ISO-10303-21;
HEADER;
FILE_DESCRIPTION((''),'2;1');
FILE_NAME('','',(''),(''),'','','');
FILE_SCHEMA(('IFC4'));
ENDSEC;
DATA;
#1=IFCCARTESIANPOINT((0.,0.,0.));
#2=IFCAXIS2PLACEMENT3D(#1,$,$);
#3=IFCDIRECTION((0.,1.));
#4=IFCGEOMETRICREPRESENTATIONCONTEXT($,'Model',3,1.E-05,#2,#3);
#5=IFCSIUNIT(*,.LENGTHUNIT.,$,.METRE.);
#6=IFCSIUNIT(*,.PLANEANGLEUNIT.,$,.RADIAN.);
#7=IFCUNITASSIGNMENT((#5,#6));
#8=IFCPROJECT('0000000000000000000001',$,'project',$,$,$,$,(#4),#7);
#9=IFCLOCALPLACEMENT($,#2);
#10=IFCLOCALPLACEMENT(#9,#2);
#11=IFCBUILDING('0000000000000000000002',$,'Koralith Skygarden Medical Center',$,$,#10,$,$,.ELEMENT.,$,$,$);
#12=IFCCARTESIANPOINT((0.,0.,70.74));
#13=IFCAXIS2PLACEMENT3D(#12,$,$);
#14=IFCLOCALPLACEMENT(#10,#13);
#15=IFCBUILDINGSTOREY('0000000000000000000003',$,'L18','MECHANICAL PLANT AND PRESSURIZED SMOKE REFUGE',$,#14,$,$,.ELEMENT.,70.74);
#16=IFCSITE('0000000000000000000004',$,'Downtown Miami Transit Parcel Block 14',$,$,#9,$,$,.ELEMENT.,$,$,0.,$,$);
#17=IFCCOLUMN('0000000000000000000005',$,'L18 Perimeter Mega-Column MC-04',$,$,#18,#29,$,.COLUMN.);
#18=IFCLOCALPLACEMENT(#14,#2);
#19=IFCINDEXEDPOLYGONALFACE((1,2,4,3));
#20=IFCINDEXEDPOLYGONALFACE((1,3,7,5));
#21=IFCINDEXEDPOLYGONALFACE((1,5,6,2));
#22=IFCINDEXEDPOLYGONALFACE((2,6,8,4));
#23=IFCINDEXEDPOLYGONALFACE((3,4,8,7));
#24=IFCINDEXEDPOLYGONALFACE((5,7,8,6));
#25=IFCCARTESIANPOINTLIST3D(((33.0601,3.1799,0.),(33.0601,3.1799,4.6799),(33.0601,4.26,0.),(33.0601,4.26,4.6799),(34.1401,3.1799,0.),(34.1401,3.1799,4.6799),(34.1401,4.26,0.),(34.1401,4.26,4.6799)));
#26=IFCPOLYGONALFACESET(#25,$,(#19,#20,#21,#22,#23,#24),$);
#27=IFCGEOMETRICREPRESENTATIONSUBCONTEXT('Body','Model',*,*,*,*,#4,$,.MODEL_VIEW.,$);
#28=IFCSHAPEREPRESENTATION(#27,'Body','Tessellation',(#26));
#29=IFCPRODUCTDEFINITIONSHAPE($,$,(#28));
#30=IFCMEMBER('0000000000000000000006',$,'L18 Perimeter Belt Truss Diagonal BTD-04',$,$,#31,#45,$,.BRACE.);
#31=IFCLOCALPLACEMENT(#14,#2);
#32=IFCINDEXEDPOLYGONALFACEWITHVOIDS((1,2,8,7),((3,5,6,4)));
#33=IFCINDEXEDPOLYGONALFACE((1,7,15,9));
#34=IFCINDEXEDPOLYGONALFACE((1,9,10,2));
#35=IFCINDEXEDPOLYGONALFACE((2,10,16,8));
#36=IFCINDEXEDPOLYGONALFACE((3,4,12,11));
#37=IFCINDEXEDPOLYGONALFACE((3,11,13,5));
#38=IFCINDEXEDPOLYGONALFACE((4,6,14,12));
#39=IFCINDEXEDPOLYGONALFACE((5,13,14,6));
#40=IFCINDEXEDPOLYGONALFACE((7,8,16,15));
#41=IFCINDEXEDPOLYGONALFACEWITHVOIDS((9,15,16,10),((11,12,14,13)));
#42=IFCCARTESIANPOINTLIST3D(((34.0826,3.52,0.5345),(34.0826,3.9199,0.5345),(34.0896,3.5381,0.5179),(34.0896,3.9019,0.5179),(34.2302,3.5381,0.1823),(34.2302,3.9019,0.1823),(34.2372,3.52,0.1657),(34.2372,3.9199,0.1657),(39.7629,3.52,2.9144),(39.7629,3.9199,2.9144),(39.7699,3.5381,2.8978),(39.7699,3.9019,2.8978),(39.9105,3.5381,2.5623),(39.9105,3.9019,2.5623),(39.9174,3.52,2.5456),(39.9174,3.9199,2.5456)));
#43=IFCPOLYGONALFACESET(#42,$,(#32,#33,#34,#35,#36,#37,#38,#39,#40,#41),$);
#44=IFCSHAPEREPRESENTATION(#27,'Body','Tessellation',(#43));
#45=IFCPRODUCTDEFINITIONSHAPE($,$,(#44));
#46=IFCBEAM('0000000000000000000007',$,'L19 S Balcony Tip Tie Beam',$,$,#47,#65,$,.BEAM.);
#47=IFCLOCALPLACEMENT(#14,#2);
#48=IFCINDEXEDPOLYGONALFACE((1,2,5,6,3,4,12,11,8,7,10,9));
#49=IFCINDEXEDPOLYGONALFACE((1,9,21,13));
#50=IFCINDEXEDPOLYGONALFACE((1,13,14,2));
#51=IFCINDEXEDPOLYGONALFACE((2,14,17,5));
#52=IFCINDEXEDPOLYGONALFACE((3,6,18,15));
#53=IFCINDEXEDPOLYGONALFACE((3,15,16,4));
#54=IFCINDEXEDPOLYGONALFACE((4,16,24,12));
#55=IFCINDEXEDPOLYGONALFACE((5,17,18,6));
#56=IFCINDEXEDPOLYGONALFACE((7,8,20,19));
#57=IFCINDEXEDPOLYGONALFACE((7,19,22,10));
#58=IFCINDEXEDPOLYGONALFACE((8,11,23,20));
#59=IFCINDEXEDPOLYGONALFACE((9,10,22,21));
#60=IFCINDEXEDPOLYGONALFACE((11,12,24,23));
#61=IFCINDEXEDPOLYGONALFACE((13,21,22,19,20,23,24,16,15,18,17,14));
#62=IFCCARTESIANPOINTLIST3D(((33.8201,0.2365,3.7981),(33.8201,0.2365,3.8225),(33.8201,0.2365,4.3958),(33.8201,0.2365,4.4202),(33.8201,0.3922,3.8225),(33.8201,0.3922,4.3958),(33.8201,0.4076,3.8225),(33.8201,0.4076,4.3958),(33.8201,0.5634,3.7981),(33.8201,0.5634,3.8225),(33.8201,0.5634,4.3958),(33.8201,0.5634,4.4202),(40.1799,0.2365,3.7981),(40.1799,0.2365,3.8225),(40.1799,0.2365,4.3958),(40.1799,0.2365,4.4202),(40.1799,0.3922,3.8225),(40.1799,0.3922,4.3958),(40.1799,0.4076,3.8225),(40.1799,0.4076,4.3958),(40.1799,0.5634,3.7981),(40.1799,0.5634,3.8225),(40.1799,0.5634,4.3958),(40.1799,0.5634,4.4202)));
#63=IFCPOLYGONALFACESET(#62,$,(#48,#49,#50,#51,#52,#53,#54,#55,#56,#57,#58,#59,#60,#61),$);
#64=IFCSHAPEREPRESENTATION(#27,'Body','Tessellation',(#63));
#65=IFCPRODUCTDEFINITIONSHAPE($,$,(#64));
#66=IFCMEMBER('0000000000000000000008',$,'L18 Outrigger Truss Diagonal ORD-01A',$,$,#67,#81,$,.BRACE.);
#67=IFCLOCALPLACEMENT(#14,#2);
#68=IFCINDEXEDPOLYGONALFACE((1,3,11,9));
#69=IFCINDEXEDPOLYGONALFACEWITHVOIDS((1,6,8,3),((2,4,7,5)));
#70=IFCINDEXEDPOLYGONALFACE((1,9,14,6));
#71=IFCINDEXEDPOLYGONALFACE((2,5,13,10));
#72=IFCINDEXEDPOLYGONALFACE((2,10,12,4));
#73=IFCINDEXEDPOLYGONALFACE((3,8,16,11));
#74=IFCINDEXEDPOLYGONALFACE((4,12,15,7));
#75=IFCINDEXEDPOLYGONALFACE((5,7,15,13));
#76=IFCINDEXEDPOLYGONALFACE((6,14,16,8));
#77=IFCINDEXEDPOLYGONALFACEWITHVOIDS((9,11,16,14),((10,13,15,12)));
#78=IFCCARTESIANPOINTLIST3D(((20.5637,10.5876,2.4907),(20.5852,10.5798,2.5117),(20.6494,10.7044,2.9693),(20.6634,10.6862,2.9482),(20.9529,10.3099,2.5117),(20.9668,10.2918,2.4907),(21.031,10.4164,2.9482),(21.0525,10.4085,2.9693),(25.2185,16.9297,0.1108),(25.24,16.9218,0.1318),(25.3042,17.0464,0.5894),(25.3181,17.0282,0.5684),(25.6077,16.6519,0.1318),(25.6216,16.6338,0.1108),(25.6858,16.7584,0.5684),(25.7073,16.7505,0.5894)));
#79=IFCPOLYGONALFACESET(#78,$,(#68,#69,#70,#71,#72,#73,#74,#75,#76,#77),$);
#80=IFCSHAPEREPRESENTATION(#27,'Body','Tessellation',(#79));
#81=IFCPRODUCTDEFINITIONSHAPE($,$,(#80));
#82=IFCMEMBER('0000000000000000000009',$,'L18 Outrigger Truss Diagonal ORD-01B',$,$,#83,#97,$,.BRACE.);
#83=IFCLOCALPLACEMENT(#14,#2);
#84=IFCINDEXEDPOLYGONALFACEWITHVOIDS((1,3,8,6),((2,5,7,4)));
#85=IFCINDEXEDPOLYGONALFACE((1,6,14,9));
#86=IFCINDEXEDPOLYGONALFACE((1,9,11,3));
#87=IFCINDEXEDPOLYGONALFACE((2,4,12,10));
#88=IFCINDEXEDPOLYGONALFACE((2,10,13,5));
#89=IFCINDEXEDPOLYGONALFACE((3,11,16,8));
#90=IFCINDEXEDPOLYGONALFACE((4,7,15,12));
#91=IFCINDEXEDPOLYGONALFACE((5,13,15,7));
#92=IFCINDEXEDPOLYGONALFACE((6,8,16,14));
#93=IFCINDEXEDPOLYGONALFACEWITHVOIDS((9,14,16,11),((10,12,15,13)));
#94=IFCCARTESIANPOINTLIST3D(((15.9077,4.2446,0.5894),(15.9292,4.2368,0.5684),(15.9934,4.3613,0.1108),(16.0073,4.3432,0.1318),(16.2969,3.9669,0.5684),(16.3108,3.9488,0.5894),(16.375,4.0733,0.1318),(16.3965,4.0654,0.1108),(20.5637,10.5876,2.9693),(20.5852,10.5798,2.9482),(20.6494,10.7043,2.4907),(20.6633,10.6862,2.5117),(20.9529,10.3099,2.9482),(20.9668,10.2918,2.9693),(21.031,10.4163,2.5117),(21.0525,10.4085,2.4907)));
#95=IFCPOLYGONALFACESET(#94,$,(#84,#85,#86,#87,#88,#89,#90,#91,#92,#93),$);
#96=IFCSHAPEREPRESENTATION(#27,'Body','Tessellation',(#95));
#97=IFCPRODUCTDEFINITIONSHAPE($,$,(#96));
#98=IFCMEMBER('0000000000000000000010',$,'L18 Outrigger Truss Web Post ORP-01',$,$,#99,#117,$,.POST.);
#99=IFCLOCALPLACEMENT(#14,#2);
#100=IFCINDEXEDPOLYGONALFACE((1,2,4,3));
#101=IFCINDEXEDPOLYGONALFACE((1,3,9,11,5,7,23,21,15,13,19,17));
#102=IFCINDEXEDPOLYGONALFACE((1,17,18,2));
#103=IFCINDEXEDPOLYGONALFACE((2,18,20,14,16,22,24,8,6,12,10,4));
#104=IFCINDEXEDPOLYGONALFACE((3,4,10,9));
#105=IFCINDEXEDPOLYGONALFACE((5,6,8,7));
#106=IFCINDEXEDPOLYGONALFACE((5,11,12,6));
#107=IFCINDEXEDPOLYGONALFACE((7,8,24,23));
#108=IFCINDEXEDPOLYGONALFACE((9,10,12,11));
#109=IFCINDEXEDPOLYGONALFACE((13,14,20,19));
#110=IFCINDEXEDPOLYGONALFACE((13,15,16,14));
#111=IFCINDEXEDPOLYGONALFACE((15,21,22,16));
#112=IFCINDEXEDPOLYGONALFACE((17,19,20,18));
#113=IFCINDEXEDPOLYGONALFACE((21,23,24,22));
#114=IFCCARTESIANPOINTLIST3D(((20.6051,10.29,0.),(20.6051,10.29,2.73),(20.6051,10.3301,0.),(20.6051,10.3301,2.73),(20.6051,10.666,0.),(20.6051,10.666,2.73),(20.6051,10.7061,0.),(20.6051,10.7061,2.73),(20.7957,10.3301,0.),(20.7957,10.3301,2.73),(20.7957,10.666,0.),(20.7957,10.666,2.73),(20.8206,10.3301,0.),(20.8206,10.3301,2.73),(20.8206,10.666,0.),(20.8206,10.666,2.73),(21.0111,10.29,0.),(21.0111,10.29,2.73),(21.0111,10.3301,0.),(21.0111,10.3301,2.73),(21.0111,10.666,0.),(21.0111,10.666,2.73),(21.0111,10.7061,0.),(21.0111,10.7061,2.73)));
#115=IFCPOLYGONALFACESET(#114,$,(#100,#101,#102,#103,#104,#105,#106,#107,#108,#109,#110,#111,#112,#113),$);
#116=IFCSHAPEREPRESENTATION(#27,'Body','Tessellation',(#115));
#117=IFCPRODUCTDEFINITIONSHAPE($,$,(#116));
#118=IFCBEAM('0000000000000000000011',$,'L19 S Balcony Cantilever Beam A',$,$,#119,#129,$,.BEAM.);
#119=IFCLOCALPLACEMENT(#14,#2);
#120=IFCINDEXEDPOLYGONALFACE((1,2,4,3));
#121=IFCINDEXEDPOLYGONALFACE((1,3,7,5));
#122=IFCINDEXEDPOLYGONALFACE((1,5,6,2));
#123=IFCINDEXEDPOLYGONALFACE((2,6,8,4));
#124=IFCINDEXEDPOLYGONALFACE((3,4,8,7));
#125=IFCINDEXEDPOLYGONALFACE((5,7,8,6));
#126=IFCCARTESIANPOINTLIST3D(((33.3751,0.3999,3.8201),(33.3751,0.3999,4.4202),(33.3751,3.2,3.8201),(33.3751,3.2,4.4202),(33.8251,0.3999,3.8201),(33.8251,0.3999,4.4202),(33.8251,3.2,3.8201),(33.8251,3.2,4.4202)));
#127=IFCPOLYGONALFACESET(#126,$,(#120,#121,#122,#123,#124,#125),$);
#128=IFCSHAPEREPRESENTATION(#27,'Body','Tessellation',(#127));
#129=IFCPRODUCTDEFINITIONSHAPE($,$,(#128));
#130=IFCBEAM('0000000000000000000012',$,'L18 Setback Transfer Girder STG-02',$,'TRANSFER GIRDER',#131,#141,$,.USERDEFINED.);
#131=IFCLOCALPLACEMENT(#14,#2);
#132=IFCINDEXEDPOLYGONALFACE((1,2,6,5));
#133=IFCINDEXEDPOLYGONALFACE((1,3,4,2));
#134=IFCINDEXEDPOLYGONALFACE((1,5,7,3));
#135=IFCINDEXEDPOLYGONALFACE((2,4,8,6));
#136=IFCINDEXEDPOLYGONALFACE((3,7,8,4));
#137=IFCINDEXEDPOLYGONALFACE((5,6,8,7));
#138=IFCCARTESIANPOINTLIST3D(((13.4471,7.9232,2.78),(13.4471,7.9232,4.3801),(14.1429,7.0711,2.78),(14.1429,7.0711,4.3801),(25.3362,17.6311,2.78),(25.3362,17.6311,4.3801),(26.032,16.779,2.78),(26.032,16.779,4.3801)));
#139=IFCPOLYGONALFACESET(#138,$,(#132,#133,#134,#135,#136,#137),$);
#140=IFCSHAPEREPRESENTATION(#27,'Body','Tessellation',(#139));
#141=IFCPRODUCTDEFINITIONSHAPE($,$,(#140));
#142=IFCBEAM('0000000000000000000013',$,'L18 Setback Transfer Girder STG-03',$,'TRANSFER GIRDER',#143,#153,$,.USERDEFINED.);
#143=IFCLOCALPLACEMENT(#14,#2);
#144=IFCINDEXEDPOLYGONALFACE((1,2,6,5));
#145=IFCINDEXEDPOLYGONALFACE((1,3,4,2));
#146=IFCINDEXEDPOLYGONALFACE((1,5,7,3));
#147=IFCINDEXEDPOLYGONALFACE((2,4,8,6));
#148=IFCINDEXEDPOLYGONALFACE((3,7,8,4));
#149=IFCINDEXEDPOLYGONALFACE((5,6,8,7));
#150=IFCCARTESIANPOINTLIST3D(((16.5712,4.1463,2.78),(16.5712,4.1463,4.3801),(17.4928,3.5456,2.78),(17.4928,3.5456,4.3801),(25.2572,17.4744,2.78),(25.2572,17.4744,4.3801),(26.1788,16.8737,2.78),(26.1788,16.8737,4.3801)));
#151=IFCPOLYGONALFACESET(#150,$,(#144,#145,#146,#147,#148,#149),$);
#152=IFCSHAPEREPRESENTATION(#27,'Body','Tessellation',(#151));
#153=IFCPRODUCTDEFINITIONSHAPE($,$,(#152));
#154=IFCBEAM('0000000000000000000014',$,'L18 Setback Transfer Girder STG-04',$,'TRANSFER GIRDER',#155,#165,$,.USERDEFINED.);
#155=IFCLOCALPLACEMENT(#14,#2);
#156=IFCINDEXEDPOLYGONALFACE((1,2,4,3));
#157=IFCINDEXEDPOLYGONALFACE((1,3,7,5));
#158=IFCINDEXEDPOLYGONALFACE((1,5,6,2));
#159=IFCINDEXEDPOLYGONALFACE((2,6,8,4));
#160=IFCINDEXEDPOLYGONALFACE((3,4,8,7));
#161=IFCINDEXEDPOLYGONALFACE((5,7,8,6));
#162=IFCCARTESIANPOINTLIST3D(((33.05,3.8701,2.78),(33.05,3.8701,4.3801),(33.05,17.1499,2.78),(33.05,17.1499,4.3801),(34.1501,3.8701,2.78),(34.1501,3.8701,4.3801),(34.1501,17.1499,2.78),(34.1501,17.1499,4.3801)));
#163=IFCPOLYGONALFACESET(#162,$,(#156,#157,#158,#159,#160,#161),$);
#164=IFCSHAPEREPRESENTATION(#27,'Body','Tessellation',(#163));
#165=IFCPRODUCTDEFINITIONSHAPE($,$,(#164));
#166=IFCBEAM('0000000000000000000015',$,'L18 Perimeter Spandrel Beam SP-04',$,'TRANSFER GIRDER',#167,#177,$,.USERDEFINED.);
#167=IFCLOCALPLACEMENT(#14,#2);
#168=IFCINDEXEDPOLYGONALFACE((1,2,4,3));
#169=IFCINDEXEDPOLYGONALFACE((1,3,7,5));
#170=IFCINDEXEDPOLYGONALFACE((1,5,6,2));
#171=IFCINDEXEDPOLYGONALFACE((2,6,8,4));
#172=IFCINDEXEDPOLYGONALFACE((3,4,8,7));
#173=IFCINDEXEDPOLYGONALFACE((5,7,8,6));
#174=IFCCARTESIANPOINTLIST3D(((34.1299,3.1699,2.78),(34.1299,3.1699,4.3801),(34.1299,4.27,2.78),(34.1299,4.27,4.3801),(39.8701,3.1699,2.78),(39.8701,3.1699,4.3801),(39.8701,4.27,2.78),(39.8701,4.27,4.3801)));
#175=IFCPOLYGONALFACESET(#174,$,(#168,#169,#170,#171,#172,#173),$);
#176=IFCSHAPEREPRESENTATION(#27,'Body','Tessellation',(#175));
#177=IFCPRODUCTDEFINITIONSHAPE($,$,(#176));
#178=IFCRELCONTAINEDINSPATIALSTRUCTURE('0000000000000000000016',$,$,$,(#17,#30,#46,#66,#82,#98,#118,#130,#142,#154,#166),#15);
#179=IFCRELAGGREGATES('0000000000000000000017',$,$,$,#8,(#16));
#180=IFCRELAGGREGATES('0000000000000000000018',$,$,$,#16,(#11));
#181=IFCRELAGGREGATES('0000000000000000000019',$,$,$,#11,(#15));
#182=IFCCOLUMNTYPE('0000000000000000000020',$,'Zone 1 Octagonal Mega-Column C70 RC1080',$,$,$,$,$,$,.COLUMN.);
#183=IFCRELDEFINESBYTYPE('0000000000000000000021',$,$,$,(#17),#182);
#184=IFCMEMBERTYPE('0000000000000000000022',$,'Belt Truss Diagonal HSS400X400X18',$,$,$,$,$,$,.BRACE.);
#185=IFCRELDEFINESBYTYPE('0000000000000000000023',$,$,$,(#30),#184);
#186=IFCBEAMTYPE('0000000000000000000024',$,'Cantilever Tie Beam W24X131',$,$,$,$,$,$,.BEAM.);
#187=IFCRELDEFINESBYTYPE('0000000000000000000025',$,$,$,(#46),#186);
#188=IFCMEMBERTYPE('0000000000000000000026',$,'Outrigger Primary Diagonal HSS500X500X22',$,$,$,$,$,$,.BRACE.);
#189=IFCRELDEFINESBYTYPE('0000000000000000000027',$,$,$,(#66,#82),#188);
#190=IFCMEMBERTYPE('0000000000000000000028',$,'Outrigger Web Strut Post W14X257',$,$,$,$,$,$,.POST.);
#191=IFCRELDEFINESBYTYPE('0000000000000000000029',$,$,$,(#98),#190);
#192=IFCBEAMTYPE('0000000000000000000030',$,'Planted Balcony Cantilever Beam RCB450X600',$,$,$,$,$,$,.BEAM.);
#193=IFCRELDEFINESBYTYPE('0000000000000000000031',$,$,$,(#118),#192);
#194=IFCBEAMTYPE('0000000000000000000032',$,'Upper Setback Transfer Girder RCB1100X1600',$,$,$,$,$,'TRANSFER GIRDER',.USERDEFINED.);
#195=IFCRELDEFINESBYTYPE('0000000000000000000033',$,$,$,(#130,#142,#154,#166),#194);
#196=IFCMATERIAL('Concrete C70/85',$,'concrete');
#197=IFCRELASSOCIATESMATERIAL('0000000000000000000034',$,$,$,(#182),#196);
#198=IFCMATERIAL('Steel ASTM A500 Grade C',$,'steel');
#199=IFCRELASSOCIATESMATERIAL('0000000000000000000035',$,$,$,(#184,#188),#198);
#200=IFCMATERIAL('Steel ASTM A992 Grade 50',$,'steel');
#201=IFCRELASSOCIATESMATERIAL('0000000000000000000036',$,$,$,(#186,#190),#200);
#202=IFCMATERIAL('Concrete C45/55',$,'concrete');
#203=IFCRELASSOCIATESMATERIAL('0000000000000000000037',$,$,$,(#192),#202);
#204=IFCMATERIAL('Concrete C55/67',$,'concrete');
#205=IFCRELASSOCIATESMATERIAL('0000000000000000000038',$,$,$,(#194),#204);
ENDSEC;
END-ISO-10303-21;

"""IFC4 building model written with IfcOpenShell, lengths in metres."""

from ifc_helpers import new_model, si_unit, direction, frame, origin, origin_2d, place, context, subcontext, project, spatial, rectangle, hollow_rectangle, i_section, extrude, material, material_profile, profile_set, type_object, element, save


model = new_model("IFC4")

# Units and contexts
model_context = context("Model", 3, precision=1e-05, world=origin(), true_north=direction((0.0, 1.0)))
body_context = subcontext(model_context, "Body", "Model", "MODEL_VIEW")
ifc_project = project(units=[si_unit("LENGTHUNIT", "METRE"), si_unit("PLANEANGLEUNIT", "RADIAN")], contexts=[model_context])

# Site, building, storey
site_placement = place(None, origin())
site = spatial("IfcSite", under=ifc_project, at=site_placement, Name="Downtown Miami Transit Parcel Block 14", CompositionType="ELEMENT", RefElevation=0.0)
building_placement = place(site_placement, origin())
building = spatial("IfcBuilding", under=site, at=building_placement, Name="Koralith Skygarden Medical Center", CompositionType="ELEMENT")
storey_placement = place(building_placement, frame((0.0, 0.0, 70.74)))
storey = spatial("IfcBuildingStorey", under=building, at=storey_placement, Name="L18", Description="MECHANICAL PLANT AND PRESSURIZED SMOKE REFUGE", CompositionType="ELEMENT", Elevation=70.74)

# Column
ifc_material_1 = material(Name="Concrete C70/85", Category="concrete")
ifc_material_profile_1 = material_profile(ifc_material_1, rectangle(XDim=1.0801, YDim=1.0801, at=origin_2d()), Name="RC1080X1080")
ifc_profile_set_1 = profile_set([ifc_material_profile_1], Name="Concrete C70/85")
column_type = type_object("IfcColumnType", Name="Zone 1 Octagonal Mega-Column C70 RC1080", PredefinedType="COLUMN", material=ifc_profile_set_1)
column_placement = place(storey_placement, frame((33.6001, 3.72, 0.0), z_axis=(0.0, 0.0, 1.0), x_axis=(1.0, 0.0, 0.0)))
element("IfcColumn", 1, at=column_placement, inside=storey, type_object=column_type, Name="L18 Perimeter Mega-Column MC-04", PredefinedType="COLUMN", context=body_context, shape_type="SweptSolid", body=[
    extrude(rectangle(XDim=1.0801, YDim=1.0801, at=origin_2d()), origin(), (0.0, 0.0, 1.0), 4.6799),
])

# Member
ifc_material_2 = material(Name="Steel ASTM A500 Grade C", Category="steel")
ifc_material_profile_2 = material_profile(ifc_material_2, hollow_rectangle(XDim=0.3999, YDim=0.3999, WallThickness=0.0181, at=origin_2d()), Name="HSS400X400X18")
ifc_profile_set_2 = profile_set([ifc_material_profile_2], Name="Steel ASTM A500 Grade C")
member_type_1 = type_object("IfcMemberType", Name="Belt Truss Diagonal HSS400X400X18", PredefinedType="BRACE", material=ifc_profile_set_2)
member_1_placement = place(storey_placement, frame((34.1599, 3.72, 0.3501), z_axis=(0.922317, 0.0, 0.386433), x_axis=(0.0, 1.0, 0.0)))
element("IfcMember", 2, at=member_1_placement, inside=storey, type_object=member_type_1, Name="L18 Perimeter Belt Truss Diagonal BTD-04", PredefinedType="BRACE", context=body_context, shape_type="SweptSolid", body=[
    extrude(hollow_rectangle(XDim=0.3999, YDim=0.3999, WallThickness=0.0181, at=origin_2d()), origin(), (0.0, 0.0, 1.0), 6.1587),
])

# Beam
ifc_material_3 = material(Name="Steel ASTM A992 Grade 50", Category="steel")
ifc_material_profile_3 = material_profile(ifc_material_3, i_section(OverallWidth=0.3269, OverallDepth=0.6221, WebThickness=0.0154, FlangeThickness=0.0244, at=origin_2d()), Name="W24X131")
ifc_profile_set_3 = profile_set([ifc_material_profile_3], Name="Steel ASTM A992 Grade 50")
beam_type_1 = type_object("IfcBeamType", Name="Cantilever Tie Beam W24X131", PredefinedType="BEAM", material=ifc_profile_set_3)
beam_1_placement = place(storey_placement, frame((33.8201, 0.3999, 4.1091), z_axis=(1.0, 0.0, 0.0), x_axis=(0.0, 1.0, 0.0)))
element("IfcBeam", 3, at=beam_1_placement, inside=storey, type_object=beam_type_1, Name="L19 S Balcony Tip Tie Beam", PredefinedType="BEAM", context=body_context, shape_type="SweptSolid", body=[
    extrude(i_section(OverallWidth=0.3269, OverallDepth=0.6221, WebThickness=0.0154, FlangeThickness=0.0244, at=origin_2d()), origin(), (0.0, 0.0, 1.0), 6.3599),
])

# Members
ifc_material_profile_4 = material_profile(ifc_material_2, hollow_rectangle(XDim=0.5, YDim=0.5, WallThickness=0.022, at=origin_2d()), Name="HSS500X500X22")
ifc_profile_set_4 = profile_set([ifc_material_profile_4], Name="Steel ASTM A500 Grade C")
member_type_2 = type_object("IfcMemberType", Name="Outrigger Primary Diagonal HSS500X500X22", PredefinedType="BRACE", material=ifc_profile_set_4)
member_2_placement = place(storey_placement, frame((25.4629, 16.8401, 0.3501), z_axis=(-0.566343, -0.771629, 0.289558), x_axis=(0.806165, -0.591691, 0.0)))
element("IfcMember", 4, at=member_2_placement, inside=storey, type_object=member_type_2, Name="L18 Outrigger Truss Diagonal ORD-01A", PredefinedType="BRACE", context=body_context, shape_type="SweptSolid", body=[
    extrude(hollow_rectangle(XDim=0.5, YDim=0.5, WallThickness=0.022, at=origin_2d()), origin(), (0.0, 0.0, 1.0), 8.219),
])
member_3_placement = place(storey_placement, frame((20.8081, 10.498, 2.73), z_axis=(-0.566392, -0.771613, -0.289507), x_axis=(0.806135, -0.591732, 0.0)))
element("IfcMember", 5, at=member_3_placement, inside=storey, type_object=member_type_2, Name="L18 Outrigger Truss Diagonal ORD-01B", PredefinedType="BRACE", context=body_context, shape_type="SweptSolid", body=[
    extrude(hollow_rectangle(XDim=0.5, YDim=0.5, WallThickness=0.022, at=origin_2d()), origin(), (0.0, 0.0, 1.0), 8.2205),
])
ifc_material_profile_5 = material_profile(ifc_material_3, i_section(OverallWidth=0.406, OverallDepth=0.416, WebThickness=0.0249, FlangeThickness=0.04, at=origin_2d()), Name="W14X257")
ifc_profile_set_5 = profile_set([ifc_material_profile_5], Name="Steel ASTM A992 Grade 50")
member_type_3 = type_object("IfcMemberType", Name="Outrigger Web Strut Post W14X257", PredefinedType="POST", material=ifc_profile_set_5)
member_4_placement = place(storey_placement, frame((20.8081, 10.498, 0.0), z_axis=(0.0, 0.0, 1.0), x_axis=(1.0, 0.0, 0.0)))
element("IfcMember", 6, at=member_4_placement, inside=storey, type_object=member_type_3, Name="L18 Outrigger Truss Web Post ORP-01", PredefinedType="POST", context=body_context, shape_type="SweptSolid", body=[
    extrude(i_section(OverallWidth=0.406, OverallDepth=0.416, WebThickness=0.0249, FlangeThickness=0.04, at=origin_2d()), origin(), (0.0, 0.0, 1.0), 2.73),
])

# Beams
ifc_material_4 = material(Name="Concrete C45/55", Category="concrete")
ifc_material_profile_6 = material_profile(ifc_material_4, rectangle(XDim=0.45, YDim=0.6001, at=origin_2d()), Name="RCB450X600")
ifc_profile_set_6 = profile_set([ifc_material_profile_6], Name="Concrete C45/55")
beam_type_2 = type_object("IfcBeamType", Name="Planted Balcony Cantilever Beam RCB450X600", PredefinedType="BEAM", material=ifc_profile_set_6)
beam_2_placement = place(storey_placement, frame((33.6001, 3.2, 4.1201), z_axis=(0.0, -1.0, 0.0), x_axis=(1.0, 0.0, 0.0)))
element("IfcBeam", 7, at=beam_2_placement, inside=storey, type_object=beam_type_2, Name="L19 S Balcony Cantilever Beam A", PredefinedType="BEAM", context=body_context, shape_type="SweptSolid", body=[
    extrude(rectangle(XDim=0.45, YDim=0.6001, at=origin_2d()), origin(), (0.0, 0.0, 1.0), 2.8),
])
ifc_material_5 = material(Name="Concrete C55/67", Category="concrete")
ifc_material_profile_7 = material_profile(ifc_material_5, rectangle(XDim=1.1001, YDim=1.6001, at=origin_2d()), Name="RCB1100X1600")
ifc_profile_set_7 = profile_set([ifc_material_profile_7], Name="Concrete C55/67")
beam_type_3 = type_object("IfcBeamType", Name="Upper Setback Transfer Girder RCB1100X1600", ElementType="TRANSFER GIRDER", PredefinedType="USERDEFINED", material=ifc_profile_set_7)
beam_3_placement = place(storey_placement, frame((25.6841, 17.2051, 3.5801), z_axis=(-0.774579, -0.632477, 0.0), x_axis=(0.632477, -0.774579, 0.0)))
element("IfcBeam", 8, at=beam_3_placement, inside=storey, type_object=beam_type_3, Name="L18 Setback Transfer Girder STG-02", ObjectType="TRANSFER GIRDER", PredefinedType="USERDEFINED", context=body_context, shape_type="SweptSolid", body=[
    extrude(rectangle(XDim=1.1001, YDim=1.6001, at=origin_2d()), origin(), (0.0, 0.0, 1.0), 15.3491),
])
beam_4_placement = place(storey_placement, frame((25.718, 17.1741, 3.5801), z_axis=(-0.545993, -0.837789, 0.0), x_axis=(0.837789, -0.545993, 0.0)))
element("IfcBeam", 9, at=beam_4_placement, inside=storey, type_object=beam_type_3, Name="L18 Setback Transfer Girder STG-03", ObjectType="TRANSFER GIRDER", PredefinedType="USERDEFINED", context=body_context, shape_type="SweptSolid", body=[
    extrude(rectangle(XDim=1.1001, YDim=1.6001, at=origin_2d()), origin(), (0.0, 0.0, 1.0), 15.9087),
])
beam_5_placement = place(storey_placement, frame((33.6001, 17.1499, 3.5801), z_axis=(0.0, -1.0, 0.0), x_axis=(1.0, 0.0, 0.0)))
element("IfcBeam", 10, at=beam_5_placement, inside=storey, type_object=beam_type_3, Name="L18 Setback Transfer Girder STG-04", ObjectType="TRANSFER GIRDER", PredefinedType="USERDEFINED", context=body_context, shape_type="SweptSolid", body=[
    extrude(rectangle(XDim=1.1001, YDim=1.6001, at=origin_2d()), origin(), (0.0, 0.0, 1.0), 13.2798),
])
beam_6_placement = place(storey_placement, frame((34.1299, 3.72, 3.5801), z_axis=(1.0, 0.0, 0.0), x_axis=(0.0, 1.0, 0.0)))
element("IfcBeam", 11, at=beam_6_placement, inside=storey, type_object=beam_type_3, Name="L18 Perimeter Spandrel Beam SP-04", ObjectType="TRANSFER GIRDER", PredefinedType="USERDEFINED", context=body_context, shape_type="SweptSolid", body=[
    extrude(rectangle(XDim=1.1001, YDim=1.6001, at=origin_2d()), origin(), (0.0, 0.0, 1.0), 5.7402),
])

save(model, "model.ifc")
